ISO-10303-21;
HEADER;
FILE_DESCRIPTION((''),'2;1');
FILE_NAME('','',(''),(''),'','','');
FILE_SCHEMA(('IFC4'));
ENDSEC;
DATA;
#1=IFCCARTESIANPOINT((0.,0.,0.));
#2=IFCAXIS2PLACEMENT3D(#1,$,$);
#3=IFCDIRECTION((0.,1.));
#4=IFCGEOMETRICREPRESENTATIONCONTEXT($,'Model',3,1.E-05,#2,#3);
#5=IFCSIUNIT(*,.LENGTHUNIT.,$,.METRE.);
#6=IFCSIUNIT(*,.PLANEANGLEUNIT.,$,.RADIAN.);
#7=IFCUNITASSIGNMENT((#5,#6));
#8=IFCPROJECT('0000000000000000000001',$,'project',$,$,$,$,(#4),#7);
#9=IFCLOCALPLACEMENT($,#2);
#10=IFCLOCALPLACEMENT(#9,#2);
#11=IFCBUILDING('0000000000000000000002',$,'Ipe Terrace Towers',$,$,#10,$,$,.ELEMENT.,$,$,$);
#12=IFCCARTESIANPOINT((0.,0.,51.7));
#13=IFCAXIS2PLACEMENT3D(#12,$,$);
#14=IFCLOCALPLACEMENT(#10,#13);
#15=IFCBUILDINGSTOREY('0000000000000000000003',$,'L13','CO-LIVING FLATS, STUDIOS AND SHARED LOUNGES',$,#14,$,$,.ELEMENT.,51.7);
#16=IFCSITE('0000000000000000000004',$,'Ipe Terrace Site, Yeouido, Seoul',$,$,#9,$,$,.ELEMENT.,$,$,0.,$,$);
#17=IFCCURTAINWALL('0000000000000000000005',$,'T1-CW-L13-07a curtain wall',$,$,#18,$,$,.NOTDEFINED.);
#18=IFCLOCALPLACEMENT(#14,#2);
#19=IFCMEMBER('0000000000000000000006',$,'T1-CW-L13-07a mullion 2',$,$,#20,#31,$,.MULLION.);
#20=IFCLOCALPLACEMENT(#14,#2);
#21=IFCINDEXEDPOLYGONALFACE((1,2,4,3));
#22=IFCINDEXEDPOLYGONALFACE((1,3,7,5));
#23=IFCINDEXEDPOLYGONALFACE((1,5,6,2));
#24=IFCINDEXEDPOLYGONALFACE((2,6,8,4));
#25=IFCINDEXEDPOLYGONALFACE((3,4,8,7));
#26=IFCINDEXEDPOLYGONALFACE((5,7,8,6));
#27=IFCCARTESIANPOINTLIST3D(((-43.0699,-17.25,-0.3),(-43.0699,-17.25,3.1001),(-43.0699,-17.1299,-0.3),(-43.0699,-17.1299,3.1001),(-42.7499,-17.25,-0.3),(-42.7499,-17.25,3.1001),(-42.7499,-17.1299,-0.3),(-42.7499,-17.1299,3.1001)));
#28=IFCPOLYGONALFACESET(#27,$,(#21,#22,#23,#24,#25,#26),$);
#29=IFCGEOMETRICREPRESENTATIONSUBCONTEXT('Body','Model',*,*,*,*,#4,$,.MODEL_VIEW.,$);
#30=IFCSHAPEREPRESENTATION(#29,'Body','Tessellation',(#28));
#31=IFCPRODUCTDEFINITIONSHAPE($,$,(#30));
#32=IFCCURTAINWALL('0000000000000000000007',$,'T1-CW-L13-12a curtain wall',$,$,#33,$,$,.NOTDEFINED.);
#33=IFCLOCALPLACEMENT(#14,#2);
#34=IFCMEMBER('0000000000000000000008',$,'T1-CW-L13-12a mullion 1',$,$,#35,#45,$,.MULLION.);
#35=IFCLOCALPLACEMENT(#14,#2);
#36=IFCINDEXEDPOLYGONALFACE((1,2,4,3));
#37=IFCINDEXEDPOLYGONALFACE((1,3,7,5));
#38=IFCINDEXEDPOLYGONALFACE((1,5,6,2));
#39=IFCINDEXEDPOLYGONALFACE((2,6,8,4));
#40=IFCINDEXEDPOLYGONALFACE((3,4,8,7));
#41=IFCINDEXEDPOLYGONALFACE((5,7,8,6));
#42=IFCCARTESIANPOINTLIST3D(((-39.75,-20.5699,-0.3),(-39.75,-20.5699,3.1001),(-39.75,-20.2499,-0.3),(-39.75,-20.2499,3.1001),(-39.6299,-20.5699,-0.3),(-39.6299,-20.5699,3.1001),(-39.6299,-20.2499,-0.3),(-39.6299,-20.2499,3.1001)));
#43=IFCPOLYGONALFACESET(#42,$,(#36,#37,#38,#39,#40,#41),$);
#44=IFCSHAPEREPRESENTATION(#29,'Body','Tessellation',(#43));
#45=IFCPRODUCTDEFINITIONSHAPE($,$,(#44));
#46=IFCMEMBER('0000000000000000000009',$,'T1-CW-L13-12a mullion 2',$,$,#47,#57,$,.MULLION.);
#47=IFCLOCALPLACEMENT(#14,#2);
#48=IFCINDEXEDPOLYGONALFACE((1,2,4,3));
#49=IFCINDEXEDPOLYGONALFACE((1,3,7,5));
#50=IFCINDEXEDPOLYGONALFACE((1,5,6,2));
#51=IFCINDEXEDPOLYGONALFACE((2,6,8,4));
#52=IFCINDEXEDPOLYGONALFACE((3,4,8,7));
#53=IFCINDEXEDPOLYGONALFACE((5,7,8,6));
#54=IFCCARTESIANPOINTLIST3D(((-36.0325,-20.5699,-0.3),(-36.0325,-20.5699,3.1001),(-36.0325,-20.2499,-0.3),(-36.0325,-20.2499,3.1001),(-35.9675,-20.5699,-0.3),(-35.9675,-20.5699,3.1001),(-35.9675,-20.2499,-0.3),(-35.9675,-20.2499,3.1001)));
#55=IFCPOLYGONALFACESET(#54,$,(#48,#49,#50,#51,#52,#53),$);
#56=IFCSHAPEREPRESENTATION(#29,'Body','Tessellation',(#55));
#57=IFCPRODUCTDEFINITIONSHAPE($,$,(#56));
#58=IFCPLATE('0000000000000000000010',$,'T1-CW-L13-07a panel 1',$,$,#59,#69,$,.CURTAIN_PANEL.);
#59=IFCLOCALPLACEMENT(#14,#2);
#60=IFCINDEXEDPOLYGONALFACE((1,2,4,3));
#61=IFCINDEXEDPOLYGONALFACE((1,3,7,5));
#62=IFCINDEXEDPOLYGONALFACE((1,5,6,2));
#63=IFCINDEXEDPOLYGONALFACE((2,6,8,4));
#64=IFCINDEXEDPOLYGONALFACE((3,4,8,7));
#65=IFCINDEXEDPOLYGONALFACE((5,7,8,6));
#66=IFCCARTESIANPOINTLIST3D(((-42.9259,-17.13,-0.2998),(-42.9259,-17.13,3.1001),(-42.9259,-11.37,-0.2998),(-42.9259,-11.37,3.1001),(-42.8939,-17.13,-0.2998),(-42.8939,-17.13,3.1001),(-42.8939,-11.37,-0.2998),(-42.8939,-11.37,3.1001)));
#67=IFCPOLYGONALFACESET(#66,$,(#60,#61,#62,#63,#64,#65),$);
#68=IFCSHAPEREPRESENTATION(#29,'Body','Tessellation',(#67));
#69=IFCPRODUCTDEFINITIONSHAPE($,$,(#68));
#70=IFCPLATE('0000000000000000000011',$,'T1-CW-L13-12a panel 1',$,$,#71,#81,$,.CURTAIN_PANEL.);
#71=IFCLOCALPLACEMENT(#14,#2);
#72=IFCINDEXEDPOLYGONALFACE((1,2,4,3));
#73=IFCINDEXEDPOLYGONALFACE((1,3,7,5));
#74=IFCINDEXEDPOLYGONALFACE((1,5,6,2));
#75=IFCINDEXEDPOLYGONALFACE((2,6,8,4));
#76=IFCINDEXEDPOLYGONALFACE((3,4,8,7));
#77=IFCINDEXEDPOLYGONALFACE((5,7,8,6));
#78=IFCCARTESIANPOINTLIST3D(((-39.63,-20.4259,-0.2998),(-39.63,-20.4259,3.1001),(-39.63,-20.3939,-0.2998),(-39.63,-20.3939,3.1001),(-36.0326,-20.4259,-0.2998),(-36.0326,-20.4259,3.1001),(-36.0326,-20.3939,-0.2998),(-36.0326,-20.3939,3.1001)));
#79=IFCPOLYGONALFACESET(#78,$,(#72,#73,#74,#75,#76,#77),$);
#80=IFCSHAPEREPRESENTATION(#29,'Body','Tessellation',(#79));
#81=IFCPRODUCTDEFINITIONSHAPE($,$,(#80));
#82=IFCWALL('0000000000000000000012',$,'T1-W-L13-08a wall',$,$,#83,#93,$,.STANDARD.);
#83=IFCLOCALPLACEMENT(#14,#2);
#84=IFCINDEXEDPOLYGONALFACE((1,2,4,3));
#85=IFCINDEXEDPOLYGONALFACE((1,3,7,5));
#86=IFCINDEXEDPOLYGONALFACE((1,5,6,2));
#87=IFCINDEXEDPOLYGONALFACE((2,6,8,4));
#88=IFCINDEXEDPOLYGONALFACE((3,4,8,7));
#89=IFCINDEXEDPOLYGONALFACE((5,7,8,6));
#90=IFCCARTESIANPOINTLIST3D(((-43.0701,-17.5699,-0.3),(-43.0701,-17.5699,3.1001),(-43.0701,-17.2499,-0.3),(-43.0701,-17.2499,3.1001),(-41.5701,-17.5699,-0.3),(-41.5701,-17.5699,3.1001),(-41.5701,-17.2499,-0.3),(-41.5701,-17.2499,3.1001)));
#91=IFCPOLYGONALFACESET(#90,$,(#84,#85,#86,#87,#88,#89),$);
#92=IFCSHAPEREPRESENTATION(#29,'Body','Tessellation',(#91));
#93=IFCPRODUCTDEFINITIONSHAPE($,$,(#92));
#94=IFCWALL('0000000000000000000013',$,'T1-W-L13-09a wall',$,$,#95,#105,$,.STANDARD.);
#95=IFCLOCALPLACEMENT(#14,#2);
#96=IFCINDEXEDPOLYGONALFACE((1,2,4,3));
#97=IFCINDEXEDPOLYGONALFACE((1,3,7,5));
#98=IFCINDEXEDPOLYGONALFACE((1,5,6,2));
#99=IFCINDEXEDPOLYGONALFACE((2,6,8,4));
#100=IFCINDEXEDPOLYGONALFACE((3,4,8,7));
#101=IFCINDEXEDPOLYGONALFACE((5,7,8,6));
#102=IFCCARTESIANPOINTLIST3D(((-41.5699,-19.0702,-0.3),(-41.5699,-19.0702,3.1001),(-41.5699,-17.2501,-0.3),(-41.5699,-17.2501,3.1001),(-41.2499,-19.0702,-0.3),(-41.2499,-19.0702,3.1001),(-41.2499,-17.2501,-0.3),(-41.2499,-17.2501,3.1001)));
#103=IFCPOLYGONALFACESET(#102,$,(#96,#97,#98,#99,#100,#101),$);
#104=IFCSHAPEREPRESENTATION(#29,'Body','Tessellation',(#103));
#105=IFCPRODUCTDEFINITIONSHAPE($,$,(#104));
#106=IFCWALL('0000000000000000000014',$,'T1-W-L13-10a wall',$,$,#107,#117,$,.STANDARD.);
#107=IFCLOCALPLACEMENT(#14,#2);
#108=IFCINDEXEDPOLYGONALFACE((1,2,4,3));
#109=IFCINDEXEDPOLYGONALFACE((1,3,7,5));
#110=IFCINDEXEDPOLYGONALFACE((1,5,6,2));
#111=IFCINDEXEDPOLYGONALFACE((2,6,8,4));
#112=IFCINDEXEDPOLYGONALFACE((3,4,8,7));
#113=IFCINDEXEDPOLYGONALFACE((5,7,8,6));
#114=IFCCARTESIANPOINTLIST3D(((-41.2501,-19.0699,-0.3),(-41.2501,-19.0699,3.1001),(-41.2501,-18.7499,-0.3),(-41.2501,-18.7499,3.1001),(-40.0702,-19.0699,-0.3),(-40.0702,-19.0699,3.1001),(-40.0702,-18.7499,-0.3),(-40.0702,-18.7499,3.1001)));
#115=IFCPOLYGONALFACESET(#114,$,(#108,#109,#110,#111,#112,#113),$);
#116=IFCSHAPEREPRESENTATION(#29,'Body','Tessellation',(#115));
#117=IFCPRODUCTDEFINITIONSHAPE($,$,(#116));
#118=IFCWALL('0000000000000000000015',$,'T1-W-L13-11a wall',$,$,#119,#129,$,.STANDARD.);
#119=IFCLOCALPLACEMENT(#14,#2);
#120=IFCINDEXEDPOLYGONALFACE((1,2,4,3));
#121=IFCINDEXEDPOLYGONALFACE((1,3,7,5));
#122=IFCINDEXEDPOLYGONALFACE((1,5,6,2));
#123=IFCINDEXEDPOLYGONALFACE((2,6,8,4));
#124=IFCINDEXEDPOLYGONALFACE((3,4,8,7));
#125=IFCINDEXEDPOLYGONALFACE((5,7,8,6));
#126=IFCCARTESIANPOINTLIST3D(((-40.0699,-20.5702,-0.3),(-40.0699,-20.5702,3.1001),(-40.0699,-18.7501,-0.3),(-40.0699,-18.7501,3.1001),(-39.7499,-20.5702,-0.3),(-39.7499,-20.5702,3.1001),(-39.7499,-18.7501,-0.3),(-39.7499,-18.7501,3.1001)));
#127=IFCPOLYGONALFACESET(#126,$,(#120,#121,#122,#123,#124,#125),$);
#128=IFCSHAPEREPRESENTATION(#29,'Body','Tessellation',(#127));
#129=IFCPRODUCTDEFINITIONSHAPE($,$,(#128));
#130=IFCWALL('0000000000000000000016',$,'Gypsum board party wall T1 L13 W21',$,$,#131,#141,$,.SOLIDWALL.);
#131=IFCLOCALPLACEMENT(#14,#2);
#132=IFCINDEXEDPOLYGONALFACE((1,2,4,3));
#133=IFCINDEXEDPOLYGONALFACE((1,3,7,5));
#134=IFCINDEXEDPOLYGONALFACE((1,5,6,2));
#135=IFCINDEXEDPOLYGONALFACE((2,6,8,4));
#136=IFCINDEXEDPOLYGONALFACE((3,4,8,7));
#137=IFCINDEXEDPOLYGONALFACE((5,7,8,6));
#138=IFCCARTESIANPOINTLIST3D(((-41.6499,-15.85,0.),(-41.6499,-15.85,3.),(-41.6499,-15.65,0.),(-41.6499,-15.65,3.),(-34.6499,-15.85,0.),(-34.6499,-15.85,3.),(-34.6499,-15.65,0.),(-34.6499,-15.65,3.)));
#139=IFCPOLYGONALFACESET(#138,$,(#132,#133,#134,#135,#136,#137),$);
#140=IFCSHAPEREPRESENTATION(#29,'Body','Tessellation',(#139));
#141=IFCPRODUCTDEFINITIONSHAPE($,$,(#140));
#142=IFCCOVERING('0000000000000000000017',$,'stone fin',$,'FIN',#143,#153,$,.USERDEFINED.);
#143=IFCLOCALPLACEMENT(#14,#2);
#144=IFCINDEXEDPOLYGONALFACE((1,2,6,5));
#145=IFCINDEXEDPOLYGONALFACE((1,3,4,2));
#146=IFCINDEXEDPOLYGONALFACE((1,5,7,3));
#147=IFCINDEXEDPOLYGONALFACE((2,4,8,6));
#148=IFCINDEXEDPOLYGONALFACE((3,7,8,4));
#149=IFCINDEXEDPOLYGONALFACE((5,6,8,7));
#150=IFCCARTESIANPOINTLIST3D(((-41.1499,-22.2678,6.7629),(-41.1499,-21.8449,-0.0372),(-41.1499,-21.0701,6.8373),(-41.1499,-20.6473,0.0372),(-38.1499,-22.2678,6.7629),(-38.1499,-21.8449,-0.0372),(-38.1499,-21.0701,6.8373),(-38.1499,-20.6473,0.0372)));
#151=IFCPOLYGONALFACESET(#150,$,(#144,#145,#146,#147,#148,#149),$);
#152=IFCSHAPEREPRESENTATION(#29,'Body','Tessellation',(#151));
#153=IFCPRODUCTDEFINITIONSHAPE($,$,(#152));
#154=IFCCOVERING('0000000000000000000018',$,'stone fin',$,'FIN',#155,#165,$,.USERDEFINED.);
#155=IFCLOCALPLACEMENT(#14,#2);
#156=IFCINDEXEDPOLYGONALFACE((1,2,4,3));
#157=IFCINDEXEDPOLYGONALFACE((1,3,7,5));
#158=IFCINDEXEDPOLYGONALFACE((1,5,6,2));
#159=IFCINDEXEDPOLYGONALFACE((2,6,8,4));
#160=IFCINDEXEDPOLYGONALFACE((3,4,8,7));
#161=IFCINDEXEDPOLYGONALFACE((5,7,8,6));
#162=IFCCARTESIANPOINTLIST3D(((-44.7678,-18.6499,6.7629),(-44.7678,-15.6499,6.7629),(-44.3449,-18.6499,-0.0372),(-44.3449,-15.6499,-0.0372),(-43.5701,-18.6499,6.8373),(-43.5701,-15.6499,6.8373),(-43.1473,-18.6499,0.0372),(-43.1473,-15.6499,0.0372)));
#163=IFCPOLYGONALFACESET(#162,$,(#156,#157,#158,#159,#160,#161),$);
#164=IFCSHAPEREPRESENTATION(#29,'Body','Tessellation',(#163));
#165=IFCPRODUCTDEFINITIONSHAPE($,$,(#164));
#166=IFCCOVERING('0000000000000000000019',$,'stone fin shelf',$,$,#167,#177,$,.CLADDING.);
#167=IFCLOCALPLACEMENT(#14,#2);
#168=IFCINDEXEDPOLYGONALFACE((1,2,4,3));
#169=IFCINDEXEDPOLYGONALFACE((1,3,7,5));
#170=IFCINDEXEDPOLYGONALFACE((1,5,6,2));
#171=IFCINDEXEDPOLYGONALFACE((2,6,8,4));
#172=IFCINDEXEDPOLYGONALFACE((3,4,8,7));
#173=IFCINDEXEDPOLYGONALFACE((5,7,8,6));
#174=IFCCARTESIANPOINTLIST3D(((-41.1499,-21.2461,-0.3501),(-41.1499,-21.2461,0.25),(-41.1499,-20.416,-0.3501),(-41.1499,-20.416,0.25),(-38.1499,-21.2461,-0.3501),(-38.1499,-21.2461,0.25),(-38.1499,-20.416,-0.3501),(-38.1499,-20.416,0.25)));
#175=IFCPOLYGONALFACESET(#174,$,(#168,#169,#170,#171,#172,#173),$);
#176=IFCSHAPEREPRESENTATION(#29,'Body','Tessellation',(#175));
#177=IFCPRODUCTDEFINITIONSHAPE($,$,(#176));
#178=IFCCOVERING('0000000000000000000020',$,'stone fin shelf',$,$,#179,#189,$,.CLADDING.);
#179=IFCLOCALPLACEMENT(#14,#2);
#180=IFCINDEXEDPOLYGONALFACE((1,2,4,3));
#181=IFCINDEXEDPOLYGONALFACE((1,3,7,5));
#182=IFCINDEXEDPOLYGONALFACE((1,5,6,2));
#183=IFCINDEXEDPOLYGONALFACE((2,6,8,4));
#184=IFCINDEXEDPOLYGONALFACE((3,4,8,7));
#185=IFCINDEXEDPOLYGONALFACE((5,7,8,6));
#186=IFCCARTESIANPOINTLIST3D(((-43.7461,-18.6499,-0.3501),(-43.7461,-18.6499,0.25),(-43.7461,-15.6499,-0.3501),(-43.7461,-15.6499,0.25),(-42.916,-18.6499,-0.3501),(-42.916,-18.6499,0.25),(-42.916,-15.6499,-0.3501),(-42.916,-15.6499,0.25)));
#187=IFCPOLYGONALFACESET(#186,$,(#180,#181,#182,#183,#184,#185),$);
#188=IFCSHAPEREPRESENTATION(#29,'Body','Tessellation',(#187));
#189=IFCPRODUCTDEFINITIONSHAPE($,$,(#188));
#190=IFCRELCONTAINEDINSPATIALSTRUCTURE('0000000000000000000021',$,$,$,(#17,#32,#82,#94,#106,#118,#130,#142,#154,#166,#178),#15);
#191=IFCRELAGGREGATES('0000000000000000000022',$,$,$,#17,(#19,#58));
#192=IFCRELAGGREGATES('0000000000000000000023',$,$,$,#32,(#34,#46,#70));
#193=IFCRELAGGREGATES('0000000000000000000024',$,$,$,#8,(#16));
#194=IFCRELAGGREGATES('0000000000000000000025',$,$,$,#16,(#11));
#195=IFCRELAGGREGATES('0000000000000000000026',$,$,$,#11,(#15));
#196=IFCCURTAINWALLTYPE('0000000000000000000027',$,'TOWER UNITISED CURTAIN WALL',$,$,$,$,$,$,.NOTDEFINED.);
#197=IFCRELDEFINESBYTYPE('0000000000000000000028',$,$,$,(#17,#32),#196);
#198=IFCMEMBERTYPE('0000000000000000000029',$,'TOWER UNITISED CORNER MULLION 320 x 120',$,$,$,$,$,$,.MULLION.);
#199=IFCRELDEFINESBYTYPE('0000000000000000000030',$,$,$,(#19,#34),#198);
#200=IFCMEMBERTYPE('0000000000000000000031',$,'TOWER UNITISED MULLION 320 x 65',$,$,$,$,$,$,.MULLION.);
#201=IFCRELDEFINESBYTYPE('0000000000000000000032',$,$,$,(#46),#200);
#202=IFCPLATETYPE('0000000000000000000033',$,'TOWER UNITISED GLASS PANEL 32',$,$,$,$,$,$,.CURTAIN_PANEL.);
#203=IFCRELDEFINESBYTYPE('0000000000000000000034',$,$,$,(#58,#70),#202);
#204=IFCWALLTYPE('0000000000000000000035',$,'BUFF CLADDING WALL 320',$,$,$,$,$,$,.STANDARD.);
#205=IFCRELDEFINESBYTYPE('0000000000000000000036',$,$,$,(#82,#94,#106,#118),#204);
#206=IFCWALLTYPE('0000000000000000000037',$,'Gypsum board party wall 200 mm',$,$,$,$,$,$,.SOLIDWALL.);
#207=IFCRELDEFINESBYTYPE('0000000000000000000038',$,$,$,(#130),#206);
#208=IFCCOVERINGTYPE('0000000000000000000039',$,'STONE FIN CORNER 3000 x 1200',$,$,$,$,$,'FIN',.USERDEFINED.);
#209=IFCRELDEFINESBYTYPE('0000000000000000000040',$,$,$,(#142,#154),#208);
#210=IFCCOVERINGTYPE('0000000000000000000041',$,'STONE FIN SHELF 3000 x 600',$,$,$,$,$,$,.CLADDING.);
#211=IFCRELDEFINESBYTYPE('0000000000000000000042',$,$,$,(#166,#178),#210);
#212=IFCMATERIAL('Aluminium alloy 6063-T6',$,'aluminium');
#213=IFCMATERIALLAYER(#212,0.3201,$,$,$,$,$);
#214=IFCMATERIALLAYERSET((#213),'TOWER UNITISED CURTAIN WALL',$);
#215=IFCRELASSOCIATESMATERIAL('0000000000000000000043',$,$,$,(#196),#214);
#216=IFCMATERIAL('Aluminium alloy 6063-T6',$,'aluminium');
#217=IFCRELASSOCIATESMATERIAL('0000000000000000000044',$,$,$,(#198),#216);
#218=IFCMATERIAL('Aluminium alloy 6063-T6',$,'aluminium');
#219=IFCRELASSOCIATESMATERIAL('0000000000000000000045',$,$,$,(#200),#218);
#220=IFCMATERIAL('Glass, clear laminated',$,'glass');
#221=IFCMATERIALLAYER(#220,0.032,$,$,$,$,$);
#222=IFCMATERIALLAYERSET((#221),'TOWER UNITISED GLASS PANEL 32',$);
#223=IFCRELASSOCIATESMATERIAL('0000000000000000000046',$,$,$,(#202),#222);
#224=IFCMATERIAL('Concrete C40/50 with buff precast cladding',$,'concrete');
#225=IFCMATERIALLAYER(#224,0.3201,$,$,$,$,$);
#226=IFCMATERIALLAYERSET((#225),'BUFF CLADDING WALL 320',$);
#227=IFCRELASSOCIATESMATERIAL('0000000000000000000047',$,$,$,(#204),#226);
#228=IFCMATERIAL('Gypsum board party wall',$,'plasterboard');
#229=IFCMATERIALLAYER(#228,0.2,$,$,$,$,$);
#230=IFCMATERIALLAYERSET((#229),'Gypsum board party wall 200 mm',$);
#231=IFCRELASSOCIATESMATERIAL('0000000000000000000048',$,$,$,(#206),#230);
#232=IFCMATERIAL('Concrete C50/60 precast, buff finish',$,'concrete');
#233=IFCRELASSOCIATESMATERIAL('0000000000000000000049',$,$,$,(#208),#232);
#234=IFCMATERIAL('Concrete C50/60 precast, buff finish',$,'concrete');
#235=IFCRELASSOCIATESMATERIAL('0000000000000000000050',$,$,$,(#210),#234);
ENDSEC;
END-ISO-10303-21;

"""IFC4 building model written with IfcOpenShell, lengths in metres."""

from ifc_helpers import new_model, si_unit, direction, frame, frame_2d, origin, origin_2d, place, context, subcontext, project, spatial, rectangle, extrude, material, layer, layer_set, material_profile, profile_set, type_object, element, aggregate, save


model = new_model("IFC4")

# Units and contexts
model_context = context("Model", 3, precision=1e-05, world=origin(), true_north=direction((0.0, 1.0)))
body_context = subcontext(model_context, "Body", "Model", "MODEL_VIEW")
ifc_project = project(units=[si_unit("LENGTHUNIT", "METRE"), si_unit("PLANEANGLEUNIT", "RADIAN")], contexts=[model_context])

# Site, building, storey
site_placement = place(None, origin())
site = spatial("IfcSite", under=ifc_project, at=site_placement, Name="Ipe Terrace Site, Yeouido, Seoul", CompositionType="ELEMENT", RefElevation=0.0)
building_placement = place(site_placement, origin())
building = spatial("IfcBuilding", under=site, at=building_placement, Name="Ipe Terrace Towers", CompositionType="ELEMENT")
storey_placement = place(building_placement, frame((0.0, 0.0, 51.7)))
storey = spatial("IfcBuildingStorey", under=building, at=storey_placement, Name="L13", Description="CO-LIVING FLATS, STUDIOS AND SHARED LOUNGES", CompositionType="ELEMENT", Elevation=51.7)

# Curtain wall, member
ifc_material_1 = material(Name="Aluminium alloy 6063-T6", Category="aluminium")
ifc_layer_1 = layer(ifc_material_1, 0.3201)
ifc_layer_set_1 = layer_set([ifc_layer_1], Name="TOWER UNITISED CURTAIN WALL")
curtain_wall_type = type_object("IfcCurtainWallType", Name="TOWER UNITISED CURTAIN WALL", PredefinedType="NOTDEFINED", material=ifc_layer_set_1)
curtain_wall_1_placement = place(storey_placement, origin())
curtain_wall_1 = element("IfcCurtainWall", 1, at=curtain_wall_1_placement, inside=storey, type_object=curtain_wall_type, Name="T1-CW-L13-07a curtain wall", PredefinedType="NOTDEFINED")
ifc_material_2 = material(Name="Aluminium alloy 6063-T6", Category="aluminium")
ifc_material_profile_1 = material_profile(ifc_material_2, rectangle(XDim=0.3201, YDim=0.1201, at=origin_2d()), Name="TOWER UNITISED CORNER MULLION 320 x 120")
ifc_profile_set_1 = profile_set([ifc_material_profile_1], Name="Aluminium alloy 6063-T6")
member_type_1 = type_object("IfcMemberType", Name="TOWER UNITISED CORNER MULLION 320 x 120", PredefinedType="MULLION", material=ifc_profile_set_1)
member_1_placement = place(storey_placement, frame((-42.9099, -17.1899, -0.3), z_axis=(0.0, 0.0, 1.0), x_axis=(-1.0, 0.0, 0.0)))
member_1 = element("IfcMember", 2, at=member_1_placement, type_object=member_type_1, Name="T1-CW-L13-07a mullion 2", PredefinedType="MULLION", context=body_context, shape_type="SweptSolid", body=[
    extrude(rectangle(XDim=0.3201, YDim=0.1201, at=origin_2d()), origin(), (0.0, 0.0, 1.0), 3.4001),
])

# Curtain wall, members
curtain_wall_2_placement = place(storey_placement, origin())
curtain_wall_2 = element("IfcCurtainWall", 3, at=curtain_wall_2_placement, inside=storey, type_object=curtain_wall_type, Name="T1-CW-L13-12a curtain wall", PredefinedType="NOTDEFINED")
member_2_placement = place(storey_placement, frame((-39.6899, -20.4099, -0.3), z_axis=(0.0, 0.0, 1.0), x_axis=(0.0, -1.0, 0.0)))
member_2 = element("IfcMember", 4, at=member_2_placement, type_object=member_type_1, Name="T1-CW-L13-12a mullion 1", PredefinedType="MULLION", context=body_context, shape_type="SweptSolid", body=[
    extrude(rectangle(XDim=0.3201, YDim=0.1201, at=origin_2d()), origin(), (0.0, 0.0, 1.0), 3.4001),
])
ifc_material_3 = material(Name="Aluminium alloy 6063-T6", Category="aluminium")
ifc_material_profile_2 = material_profile(ifc_material_3, rectangle(XDim=0.3201, YDim=0.0649, at=origin_2d()), Name="TOWER UNITISED MULLION 320 x 65")
ifc_profile_set_2 = profile_set([ifc_material_profile_2], Name="Aluminium alloy 6063-T6")
member_type_2 = type_object("IfcMemberType", Name="TOWER UNITISED MULLION 320 x 65", PredefinedType="MULLION", material=ifc_profile_set_2)
member_3_placement = place(storey_placement, frame((-36.0, -20.4099, -0.3), z_axis=(0.0, 0.0, 1.0), x_axis=(0.0, -1.0, 0.0)))
member_3 = element("IfcMember", 5, at=member_3_placement, type_object=member_type_2, Name="T1-CW-L13-12a mullion 2", PredefinedType="MULLION", context=body_context, shape_type="SweptSolid", body=[
    extrude(rectangle(XDim=0.3201, YDim=0.0649, at=origin_2d()), origin(), (0.0, 0.0, 1.0), 3.4001),
])

# Plates
ifc_material_4 = material(Name="Glass, clear laminated", Category="glass")
ifc_layer_2 = layer(ifc_material_4, 0.032)
ifc_layer_set_2 = layer_set([ifc_layer_2], Name="TOWER UNITISED GLASS PANEL 32")
plate_type = type_object("IfcPlateType", Name="TOWER UNITISED GLASS PANEL 32", PredefinedType="CURTAIN_PANEL", material=ifc_layer_set_2)
plate_1_placement = place(storey_placement, frame((-42.9099, -14.25, -0.2998), z_axis=(0.0, 0.0, 1.0), x_axis=(0.0, -1.0, 0.0)))
plate_1 = element("IfcPlate", 6, at=plate_1_placement, type_object=plate_type, Name="T1-CW-L13-07a panel 1", PredefinedType="CURTAIN_PANEL", context=body_context, shape_type="SweptSolid", body=[
    extrude(rectangle(XDim=5.76, YDim=0.032, at=origin_2d()), origin(), (0.0, 0.0, 1.0), 3.3999),
])
aggregate(curtain_wall_1, [member_1, plate_1])
plate_2_placement = place(storey_placement, frame((-37.8313, -20.4099, -0.2998), z_axis=(0.0, 0.0, 1.0), x_axis=(1.0, 0.0, 0.0)))
plate_2 = element("IfcPlate", 7, at=plate_2_placement, type_object=plate_type, Name="T1-CW-L13-12a panel 1", PredefinedType="CURTAIN_PANEL", context=body_context, shape_type="SweptSolid", body=[
    extrude(rectangle(XDim=3.5974, YDim=0.032, at=origin_2d()), origin(), (0.0, 0.0, 1.0), 3.3999),
])
aggregate(curtain_wall_2, [member_2, member_3, plate_2])

# Walls
ifc_material_5 = material(Name="Concrete C40/50 with buff precast cladding", Category="concrete")
ifc_layer_3 = layer(ifc_material_5, 0.3201)
ifc_layer_set_3 = layer_set([ifc_layer_3], Name="BUFF CLADDING WALL 320")
wall_type_1 = type_object("IfcWallType", Name="BUFF CLADDING WALL 320", PredefinedType="STANDARD", material=ifc_layer_set_3)
wall_1_placement = place(storey_placement, frame((-43.0701, -17.4099, -0.3), z_axis=(0.0, 0.0, 1.0), x_axis=(1.0, 0.0, 0.0)))
element("IfcWall", 8, at=wall_1_placement, inside=storey, type_object=wall_type_1, Name="T1-W-L13-08a wall", PredefinedType="STANDARD", context=body_context, shape_type="SweptSolid", body=[
    extrude(rectangle(XDim=1.5, YDim=0.3201, at=frame_2d((0.75, 0.0))), origin(), (0.0, 0.0, 1.0), 3.4001),
])
wall_2_placement = place(storey_placement, frame((-41.4099, -17.25, -0.3), z_axis=(0.0, 0.0, 1.0), x_axis=(0.0, -1.0, 0.0)))
element("IfcWall", 9, at=wall_2_placement, inside=storey, type_object=wall_type_1, Name="T1-W-L13-09a wall", PredefinedType="STANDARD", context=body_context, shape_type="SweptSolid", body=[
    extrude(rectangle(XDim=1.8201, YDim=0.3201, at=frame_2d((0.9102, 0.0))), origin(), (0.0, 0.0, 1.0), 3.4001),
])
wall_3_placement = place(storey_placement, frame((-41.25, -18.9099, -0.3), z_axis=(0.0, 0.0, 1.0), x_axis=(1.0, 0.0, 0.0)))
element("IfcWall", 10, at=wall_3_placement, inside=storey, type_object=wall_type_1, Name="T1-W-L13-10a wall", PredefinedType="STANDARD", context=body_context, shape_type="SweptSolid", body=[
    extrude(rectangle(XDim=1.1799, YDim=0.3201, at=frame_2d((0.5898, 0.0))), origin(), (0.0, 0.0, 1.0), 3.4001),
])
wall_4_placement = place(storey_placement, frame((-39.9099, -18.75, -0.3), z_axis=(0.0, 0.0, 1.0), x_axis=(0.0, -1.0, 0.0)))
element("IfcWall", 11, at=wall_4_placement, inside=storey, type_object=wall_type_1, Name="T1-W-L13-11a wall", PredefinedType="STANDARD", context=body_context, shape_type="SweptSolid", body=[
    extrude(rectangle(XDim=1.8201, YDim=0.3201, at=frame_2d((0.9102, 0.0))), origin(), (0.0, 0.0, 1.0), 3.4001),
])
ifc_material_6 = material(Name="Gypsum board party wall", Category="plasterboard")
ifc_layer_4 = layer(ifc_material_6, 0.2)
ifc_layer_set_4 = layer_set([ifc_layer_4], Name="Gypsum board party wall 200 mm")
wall_type_2 = type_object("IfcWallType", Name="Gypsum board party wall 200 mm", PredefinedType="SOLIDWALL", material=ifc_layer_set_4)
wall_5_placement = place(storey_placement, frame((-41.6499, -15.75, 0.0), z_axis=(0.0, 0.0, 1.0), x_axis=(1.0, 0.0, 0.0)))
element("IfcWall", 12, at=wall_5_placement, inside=storey, type_object=wall_type_2, Name="Gypsum board party wall T1 L13 W21", PredefinedType="SOLIDWALL", context=body_context, shape_type="SweptSolid", body=[
    extrude(rectangle(XDim=7.0, YDim=0.2, at=frame_2d((3.5, 0.0))), origin(), (0.0, 0.0, 1.0), 3.0),
])

# Coverings
ifc_material_7 = material(Name="Concrete C50/60 precast, buff finish", Category="concrete")
ifc_material_profile_3 = material_profile(ifc_material_7, rectangle(XDim=3.0, YDim=1.2, at=origin_2d()), Name="STONE FIN CORNER 3000 x 1200")
ifc_profile_set_3 = profile_set([ifc_material_profile_3], Name="Concrete C50/60 precast, buff finish")
covering_type_1 = type_object("IfcCoveringType", Name="STONE FIN CORNER 3000 x 1200", ElementType="FIN", PredefinedType="USERDEFINED", material=ifc_profile_set_3)
for number, where, z_axis, x_axis, name in (
    (13, (-39.6499, -21.2461, 0.0), (0.0, -0.062064, 0.998072), (1.0, 0.0, 0.0), "stone fin"),
    (14, (-43.7461, -17.1499, 0.0), (-0.062064, 0.0, 0.998072), (0.0, -1.0, 0.0), "stone fin"),
):
    element("IfcCovering", number, at=place(storey_placement, frame(where, z_axis=z_axis, x_axis=x_axis)), inside=storey, type_object=covering_type_1, Name=name, ObjectType="FIN", PredefinedType="USERDEFINED", context=body_context, shape_type="SweptSolid", body=[
        extrude(rectangle(XDim=3.0, YDim=1.2, at=origin_2d()), origin(), (0.0, 0.0, 1.0), 6.8132),
    ])
ifc_material_8 = material(Name="Concrete C50/60 precast, buff finish", Category="concrete")
covering_type_2 = type_object("IfcCoveringType", Name="STONE FIN SHELF 3000 x 600", PredefinedType="CLADDING", material=ifc_material_8)
for number, where, z_axis, x_axis, name in (
    (15, (-39.6499, -20.8311, -0.3501), (0.0, 0.0, 1.0), (1.0, 0.0, 0.0), "stone fin shelf"),
    (16, (-43.3311, -17.1499, -0.3501), (0.0, 0.0, 1.0), (0.0, -1.0, 0.0), "stone fin shelf"),
):
    element("IfcCovering", number, at=place(storey_placement, frame(where, z_axis=z_axis, x_axis=x_axis)), inside=storey, type_object=covering_type_2, Name=name, PredefinedType="CLADDING", context=body_context, shape_type="SweptSolid", body=[
        extrude(rectangle(XDim=3.0, YDim=0.8301, at=origin_2d()), origin(), (0.0, 0.0, 1.0), 0.6001),
    ])

save(model, "model.ifc")
